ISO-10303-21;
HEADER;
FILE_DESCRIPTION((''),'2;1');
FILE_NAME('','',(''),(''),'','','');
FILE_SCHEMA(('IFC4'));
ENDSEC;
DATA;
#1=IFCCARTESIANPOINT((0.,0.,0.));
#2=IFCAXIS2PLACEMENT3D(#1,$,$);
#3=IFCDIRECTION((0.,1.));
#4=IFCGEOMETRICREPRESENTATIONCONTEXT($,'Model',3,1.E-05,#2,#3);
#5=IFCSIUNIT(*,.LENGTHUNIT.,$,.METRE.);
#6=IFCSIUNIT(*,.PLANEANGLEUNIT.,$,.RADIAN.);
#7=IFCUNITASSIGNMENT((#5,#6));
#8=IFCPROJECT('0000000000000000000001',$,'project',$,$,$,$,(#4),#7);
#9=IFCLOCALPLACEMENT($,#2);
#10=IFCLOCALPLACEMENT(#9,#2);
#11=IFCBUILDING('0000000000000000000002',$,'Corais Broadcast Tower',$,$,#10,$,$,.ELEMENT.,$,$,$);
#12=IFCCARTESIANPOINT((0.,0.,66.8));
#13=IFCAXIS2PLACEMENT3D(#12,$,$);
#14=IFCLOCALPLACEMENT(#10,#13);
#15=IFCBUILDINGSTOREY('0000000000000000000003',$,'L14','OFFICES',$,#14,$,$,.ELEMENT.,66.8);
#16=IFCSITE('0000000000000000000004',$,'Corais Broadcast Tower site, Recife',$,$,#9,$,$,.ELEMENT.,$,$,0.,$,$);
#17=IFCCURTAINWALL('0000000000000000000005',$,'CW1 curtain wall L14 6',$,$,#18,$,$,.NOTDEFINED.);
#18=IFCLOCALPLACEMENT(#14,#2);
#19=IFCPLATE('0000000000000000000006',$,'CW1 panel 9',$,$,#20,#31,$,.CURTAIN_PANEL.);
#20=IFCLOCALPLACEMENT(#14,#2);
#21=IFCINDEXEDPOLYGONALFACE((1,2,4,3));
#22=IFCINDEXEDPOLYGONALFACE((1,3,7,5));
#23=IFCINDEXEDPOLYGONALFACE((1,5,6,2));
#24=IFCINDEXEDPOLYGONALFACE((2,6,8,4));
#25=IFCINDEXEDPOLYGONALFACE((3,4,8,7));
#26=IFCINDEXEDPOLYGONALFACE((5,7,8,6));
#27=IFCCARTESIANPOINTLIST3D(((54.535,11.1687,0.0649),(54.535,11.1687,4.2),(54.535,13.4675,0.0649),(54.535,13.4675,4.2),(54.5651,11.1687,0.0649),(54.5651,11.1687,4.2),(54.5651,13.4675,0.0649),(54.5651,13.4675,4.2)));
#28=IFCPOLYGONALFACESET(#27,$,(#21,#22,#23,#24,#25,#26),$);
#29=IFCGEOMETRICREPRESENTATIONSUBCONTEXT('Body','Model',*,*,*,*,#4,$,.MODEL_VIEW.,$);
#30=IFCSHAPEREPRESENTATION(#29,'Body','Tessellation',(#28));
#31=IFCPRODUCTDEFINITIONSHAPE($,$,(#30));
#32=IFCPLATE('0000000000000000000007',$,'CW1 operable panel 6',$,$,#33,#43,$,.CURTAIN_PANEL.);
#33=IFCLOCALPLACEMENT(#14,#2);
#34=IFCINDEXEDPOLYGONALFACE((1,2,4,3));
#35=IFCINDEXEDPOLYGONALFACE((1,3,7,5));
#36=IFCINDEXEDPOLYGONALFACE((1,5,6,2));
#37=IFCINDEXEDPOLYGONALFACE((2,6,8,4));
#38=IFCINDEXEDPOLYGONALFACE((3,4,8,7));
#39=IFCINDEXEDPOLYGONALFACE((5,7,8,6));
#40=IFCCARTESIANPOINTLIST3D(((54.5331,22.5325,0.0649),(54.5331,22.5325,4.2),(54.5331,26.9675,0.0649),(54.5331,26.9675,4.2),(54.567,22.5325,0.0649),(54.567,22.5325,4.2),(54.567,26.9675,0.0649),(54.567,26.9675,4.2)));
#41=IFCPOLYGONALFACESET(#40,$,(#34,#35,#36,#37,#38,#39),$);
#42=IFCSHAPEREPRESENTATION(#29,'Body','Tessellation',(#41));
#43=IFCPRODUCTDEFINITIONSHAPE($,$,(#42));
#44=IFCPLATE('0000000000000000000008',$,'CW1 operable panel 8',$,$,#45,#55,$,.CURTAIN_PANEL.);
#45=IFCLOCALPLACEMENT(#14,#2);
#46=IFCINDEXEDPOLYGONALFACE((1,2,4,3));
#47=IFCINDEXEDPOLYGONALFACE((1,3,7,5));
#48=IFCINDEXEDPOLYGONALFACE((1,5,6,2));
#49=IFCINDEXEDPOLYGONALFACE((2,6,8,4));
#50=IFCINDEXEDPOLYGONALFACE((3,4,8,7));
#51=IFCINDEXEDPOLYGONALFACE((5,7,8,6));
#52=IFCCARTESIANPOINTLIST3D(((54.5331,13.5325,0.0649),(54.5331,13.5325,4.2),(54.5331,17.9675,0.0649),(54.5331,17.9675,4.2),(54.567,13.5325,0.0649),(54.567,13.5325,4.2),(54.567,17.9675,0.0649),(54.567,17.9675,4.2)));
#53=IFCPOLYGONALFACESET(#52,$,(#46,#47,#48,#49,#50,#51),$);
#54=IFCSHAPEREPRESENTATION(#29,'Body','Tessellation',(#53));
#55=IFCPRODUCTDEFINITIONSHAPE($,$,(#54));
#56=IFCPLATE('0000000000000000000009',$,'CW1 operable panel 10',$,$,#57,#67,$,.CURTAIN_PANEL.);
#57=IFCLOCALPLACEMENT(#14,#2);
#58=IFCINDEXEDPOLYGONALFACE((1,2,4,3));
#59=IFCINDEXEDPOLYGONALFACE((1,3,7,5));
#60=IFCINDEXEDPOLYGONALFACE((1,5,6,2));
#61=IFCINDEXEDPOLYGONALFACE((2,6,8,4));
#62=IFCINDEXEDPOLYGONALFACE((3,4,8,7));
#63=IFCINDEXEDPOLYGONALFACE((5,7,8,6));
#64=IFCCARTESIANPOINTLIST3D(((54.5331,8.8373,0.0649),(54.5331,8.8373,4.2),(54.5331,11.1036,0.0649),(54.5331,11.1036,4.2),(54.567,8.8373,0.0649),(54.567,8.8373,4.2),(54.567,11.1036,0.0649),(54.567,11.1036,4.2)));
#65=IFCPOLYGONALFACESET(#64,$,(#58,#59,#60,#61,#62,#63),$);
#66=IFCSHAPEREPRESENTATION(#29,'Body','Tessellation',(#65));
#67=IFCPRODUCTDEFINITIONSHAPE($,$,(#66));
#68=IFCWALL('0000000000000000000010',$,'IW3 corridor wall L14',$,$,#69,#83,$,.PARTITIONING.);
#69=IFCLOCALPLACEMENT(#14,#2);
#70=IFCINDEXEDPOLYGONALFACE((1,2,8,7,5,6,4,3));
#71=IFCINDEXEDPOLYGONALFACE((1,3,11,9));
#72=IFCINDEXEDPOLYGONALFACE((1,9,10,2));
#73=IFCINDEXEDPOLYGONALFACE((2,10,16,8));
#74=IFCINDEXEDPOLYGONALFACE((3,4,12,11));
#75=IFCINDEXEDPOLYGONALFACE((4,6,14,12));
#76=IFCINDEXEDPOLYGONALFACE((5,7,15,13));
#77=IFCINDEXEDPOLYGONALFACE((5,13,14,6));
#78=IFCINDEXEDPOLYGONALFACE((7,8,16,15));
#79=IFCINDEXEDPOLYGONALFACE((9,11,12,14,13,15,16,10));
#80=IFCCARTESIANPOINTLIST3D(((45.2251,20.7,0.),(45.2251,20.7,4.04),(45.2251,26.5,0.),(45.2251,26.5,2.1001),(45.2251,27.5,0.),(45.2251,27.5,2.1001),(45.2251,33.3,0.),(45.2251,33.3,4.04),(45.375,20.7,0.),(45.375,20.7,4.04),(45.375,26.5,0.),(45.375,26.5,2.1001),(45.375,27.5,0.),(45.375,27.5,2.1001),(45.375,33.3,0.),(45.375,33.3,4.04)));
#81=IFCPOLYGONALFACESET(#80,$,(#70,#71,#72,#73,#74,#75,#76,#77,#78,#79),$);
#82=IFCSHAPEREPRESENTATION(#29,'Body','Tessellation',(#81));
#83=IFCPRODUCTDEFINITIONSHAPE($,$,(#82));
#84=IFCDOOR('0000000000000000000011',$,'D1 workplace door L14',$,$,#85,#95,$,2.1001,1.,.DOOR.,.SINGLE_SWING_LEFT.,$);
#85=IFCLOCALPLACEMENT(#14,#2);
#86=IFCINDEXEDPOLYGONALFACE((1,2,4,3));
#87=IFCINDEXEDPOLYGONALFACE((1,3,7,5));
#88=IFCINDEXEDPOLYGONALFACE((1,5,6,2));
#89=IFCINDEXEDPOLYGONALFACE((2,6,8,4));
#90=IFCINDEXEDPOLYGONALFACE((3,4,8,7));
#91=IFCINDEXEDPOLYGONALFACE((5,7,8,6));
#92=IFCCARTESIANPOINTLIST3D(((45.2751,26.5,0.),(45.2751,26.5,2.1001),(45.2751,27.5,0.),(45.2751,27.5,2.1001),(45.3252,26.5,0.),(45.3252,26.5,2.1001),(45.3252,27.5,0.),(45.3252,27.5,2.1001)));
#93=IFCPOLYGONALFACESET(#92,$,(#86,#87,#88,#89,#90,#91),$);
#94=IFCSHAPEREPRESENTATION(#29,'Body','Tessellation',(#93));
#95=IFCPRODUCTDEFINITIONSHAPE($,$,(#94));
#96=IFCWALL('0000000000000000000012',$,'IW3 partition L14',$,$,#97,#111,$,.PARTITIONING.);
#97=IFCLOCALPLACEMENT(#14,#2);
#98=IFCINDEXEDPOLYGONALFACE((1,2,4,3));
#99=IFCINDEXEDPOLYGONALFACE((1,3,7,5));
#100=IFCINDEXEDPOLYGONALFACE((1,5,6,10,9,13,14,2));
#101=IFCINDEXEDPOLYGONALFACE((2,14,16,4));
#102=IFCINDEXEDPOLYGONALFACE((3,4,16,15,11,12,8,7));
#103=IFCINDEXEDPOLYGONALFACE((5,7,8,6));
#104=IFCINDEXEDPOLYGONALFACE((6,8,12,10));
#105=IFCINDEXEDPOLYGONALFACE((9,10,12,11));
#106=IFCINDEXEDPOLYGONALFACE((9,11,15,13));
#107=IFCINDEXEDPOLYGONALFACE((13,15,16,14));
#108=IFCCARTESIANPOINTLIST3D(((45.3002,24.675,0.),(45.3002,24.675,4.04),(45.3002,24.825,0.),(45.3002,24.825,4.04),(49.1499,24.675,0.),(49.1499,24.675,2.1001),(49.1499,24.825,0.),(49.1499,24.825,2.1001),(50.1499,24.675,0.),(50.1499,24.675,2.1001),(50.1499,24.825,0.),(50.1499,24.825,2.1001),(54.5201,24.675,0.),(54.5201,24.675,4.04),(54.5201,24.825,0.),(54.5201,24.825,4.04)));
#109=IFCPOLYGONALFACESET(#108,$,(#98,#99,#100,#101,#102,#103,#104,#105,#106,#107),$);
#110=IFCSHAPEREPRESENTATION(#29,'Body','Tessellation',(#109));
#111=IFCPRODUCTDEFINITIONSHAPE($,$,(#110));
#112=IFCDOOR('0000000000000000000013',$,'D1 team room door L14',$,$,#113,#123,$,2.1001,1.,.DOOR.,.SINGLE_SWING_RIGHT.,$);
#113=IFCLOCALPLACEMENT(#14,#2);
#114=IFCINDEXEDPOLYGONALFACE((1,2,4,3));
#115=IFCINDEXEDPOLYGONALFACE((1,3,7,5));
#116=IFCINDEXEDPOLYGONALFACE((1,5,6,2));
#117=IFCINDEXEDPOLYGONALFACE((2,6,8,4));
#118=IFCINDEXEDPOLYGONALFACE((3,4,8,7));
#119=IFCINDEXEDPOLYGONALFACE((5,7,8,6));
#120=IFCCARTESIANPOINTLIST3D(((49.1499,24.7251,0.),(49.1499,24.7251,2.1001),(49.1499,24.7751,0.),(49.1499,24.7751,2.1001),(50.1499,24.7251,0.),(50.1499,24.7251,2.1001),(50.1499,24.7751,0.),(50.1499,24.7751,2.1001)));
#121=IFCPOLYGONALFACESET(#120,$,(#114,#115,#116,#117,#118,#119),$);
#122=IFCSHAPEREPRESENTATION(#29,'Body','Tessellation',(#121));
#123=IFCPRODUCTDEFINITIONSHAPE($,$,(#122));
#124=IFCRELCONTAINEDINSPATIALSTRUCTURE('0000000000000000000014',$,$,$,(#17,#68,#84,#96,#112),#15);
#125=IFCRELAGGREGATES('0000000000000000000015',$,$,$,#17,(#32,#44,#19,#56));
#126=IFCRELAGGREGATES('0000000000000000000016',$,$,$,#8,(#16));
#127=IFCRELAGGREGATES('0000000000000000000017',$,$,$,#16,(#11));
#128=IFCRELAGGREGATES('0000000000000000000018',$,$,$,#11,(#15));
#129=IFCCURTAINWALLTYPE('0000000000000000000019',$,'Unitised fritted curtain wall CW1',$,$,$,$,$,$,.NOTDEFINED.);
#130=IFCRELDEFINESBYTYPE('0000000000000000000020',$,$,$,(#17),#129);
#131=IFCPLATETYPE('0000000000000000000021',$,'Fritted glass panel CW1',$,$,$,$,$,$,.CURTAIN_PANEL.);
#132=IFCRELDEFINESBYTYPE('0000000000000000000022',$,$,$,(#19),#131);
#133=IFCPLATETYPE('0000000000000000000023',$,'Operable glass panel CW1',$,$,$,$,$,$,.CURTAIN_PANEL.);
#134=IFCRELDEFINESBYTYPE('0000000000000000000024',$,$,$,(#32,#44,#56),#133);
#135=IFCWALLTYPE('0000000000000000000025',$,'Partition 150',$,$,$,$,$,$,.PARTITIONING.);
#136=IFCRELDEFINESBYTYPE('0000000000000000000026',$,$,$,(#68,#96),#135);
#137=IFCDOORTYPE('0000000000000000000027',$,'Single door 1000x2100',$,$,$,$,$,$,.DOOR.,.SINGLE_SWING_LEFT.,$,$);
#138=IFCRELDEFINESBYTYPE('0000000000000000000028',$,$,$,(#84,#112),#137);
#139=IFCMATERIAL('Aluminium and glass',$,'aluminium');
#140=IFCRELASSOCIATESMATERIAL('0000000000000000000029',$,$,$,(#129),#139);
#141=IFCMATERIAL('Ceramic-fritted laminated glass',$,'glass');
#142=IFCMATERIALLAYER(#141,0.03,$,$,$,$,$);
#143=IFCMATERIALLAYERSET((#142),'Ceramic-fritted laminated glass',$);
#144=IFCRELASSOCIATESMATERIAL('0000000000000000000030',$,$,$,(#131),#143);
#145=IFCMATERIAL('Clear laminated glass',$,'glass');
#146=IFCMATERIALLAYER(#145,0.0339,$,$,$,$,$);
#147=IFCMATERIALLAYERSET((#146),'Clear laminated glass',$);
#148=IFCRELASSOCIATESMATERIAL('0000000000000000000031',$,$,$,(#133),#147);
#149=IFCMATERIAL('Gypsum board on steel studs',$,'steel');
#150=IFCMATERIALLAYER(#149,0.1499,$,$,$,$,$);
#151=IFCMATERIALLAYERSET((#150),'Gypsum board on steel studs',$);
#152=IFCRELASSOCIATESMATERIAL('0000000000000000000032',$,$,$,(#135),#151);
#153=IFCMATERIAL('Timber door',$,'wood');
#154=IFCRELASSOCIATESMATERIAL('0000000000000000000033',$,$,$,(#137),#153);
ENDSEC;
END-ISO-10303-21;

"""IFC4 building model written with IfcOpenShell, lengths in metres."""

from ifc_helpers import new_model, si_unit, direction, frame, frame_2d, origin, origin_2d, place, context, subcontext, project, spatial, rectangle, extrude, material, layer, layer_set, type_object, element, fill, aggregate, save


model = new_model("IFC4")

# Units and contexts
model_context = context("Model", 3, precision=1e-05, world=origin(), true_north=direction((0.0, 1.0)))
body_context = subcontext(model_context, "Body", "Model", "MODEL_VIEW")
ifc_project = project(units=[si_unit("LENGTHUNIT", "METRE"), si_unit("PLANEANGLEUNIT", "RADIAN")], contexts=[model_context])

# Site, building, storey
site_placement = place(None, origin())
site = spatial("IfcSite", under=ifc_project, at=site_placement, Name="Corais Broadcast Tower site, Recife", CompositionType="ELEMENT", RefElevation=0.0)
building_placement = place(site_placement, origin())
building = spatial("IfcBuilding", under=site, at=building_placement, Name="Corais Broadcast Tower", CompositionType="ELEMENT")
storey_placement = place(building_placement, frame((0.0, 0.0, 66.8)))
storey = spatial("IfcBuildingStorey", under=building, at=storey_placement, Name="L14", Description="OFFICES", CompositionType="ELEMENT", Elevation=66.8)

# Curtain wall
ifc_material_1 = material(Name="Aluminium and glass", Category="aluminium")
curtain_wall_type = type_object("IfcCurtainWallType", Name="Unitised fritted curtain wall CW1", PredefinedType="NOTDEFINED", material=ifc_material_1)
curtain_wall_placement = place(storey_placement, origin())
curtain_wall = element("IfcCurtainWall", 1, at=curtain_wall_placement, inside=storey, type_object=curtain_wall_type, Name="CW1 curtain wall L14 6", PredefinedType="NOTDEFINED")

# Plates
ifc_material_2 = material(Name="Ceramic-fritted laminated glass", Category="glass")
ifc_layer_1 = layer(ifc_material_2, 0.03)
ifc_layer_set_1 = layer_set([ifc_layer_1], Name="Ceramic-fritted laminated glass")
plate_type_1 = type_object("IfcPlateType", Name="Fritted glass panel CW1", PredefinedType="CURTAIN_PANEL", material=ifc_layer_set_1)
plate_1_placement = place(storey_placement, frame((54.55, 12.3181, 0.0649), z_axis=(0.0, 0.0, 1.0), x_axis=(0.0, -1.0, 0.0)))
plate_1 = element("IfcPlate", 2, at=plate_1_placement, type_object=plate_type_1, Name="CW1 panel 9", PredefinedType="CURTAIN_PANEL", context=body_context, shape_type="SweptSolid", body=[
    extrude(rectangle(XDim=2.2988, YDim=0.03, at=origin_2d()), origin(), (0.0, 0.0, 1.0), 4.135),
])
ifc_material_3 = material(Name="Clear laminated glass", Category="glass")
ifc_layer_2 = layer(ifc_material_3, 0.0339)
ifc_layer_set_2 = layer_set([ifc_layer_2], Name="Clear laminated glass")
plate_type_2 = type_object("IfcPlateType", Name="Operable glass panel CW1", PredefinedType="CURTAIN_PANEL", material=ifc_layer_set_2)
plate_2_placement = place(storey_placement, frame((54.55, 24.75, 0.0649), z_axis=(0.0, 0.0, 1.0), x_axis=(0.0, -1.0, 0.0)))
plate_2 = element("IfcPlate", 3, at=plate_2_placement, type_object=plate_type_2, Name="CW1 operable panel 6", PredefinedType="CURTAIN_PANEL", context=body_context, shape_type="SweptSolid", body=[
    extrude(rectangle(XDim=4.4351, YDim=0.0339, at=origin_2d()), origin(), (0.0, 0.0, 1.0), 4.135),
])
plate_3_placement = place(storey_placement, frame((54.55, 15.75, 0.0649), z_axis=(0.0, 0.0, 1.0), x_axis=(0.0, -1.0, 0.0)))
plate_3 = element("IfcPlate", 4, at=plate_3_placement, type_object=plate_type_2, Name="CW1 operable panel 8", PredefinedType="CURTAIN_PANEL", context=body_context, shape_type="SweptSolid", body=[
    extrude(rectangle(XDim=4.4351, YDim=0.0339, at=origin_2d()), origin(), (0.0, 0.0, 1.0), 4.135),
])
plate_4_placement = place(storey_placement, frame((54.55, 9.9705, 0.0649), z_axis=(0.0, 0.0, 1.0), x_axis=(0.0, -1.0, 0.0)))
plate_4 = element("IfcPlate", 5, at=plate_4_placement, type_object=plate_type_2, Name="CW1 operable panel 10", PredefinedType="CURTAIN_PANEL", context=body_context, shape_type="SweptSolid", body=[
    extrude(rectangle(XDim=2.2664, YDim=0.0339, at=origin_2d()), origin(), (0.0, 0.0, 1.0), 4.135),
])
aggregate(curtain_wall, [plate_2, plate_3, plate_1, plate_4])

# Walls, openings, doors
ifc_material_4 = material(Name="Gypsum board on steel studs", Category="steel")
ifc_layer_3 = layer(ifc_material_4, 0.1499)
ifc_layer_set_3 = layer_set([ifc_layer_3], Name="Gypsum board on steel studs")
wall_type = type_object("IfcWallType", Name="Partition 150", PredefinedType="PARTITIONING", material=ifc_layer_set_3)
wall_1_placement = place(storey_placement, frame((45.3, 20.7, 0.0), z_axis=(0.0, 0.0, 1.0), x_axis=(0.0, 1.0, 0.0)))
wall_1 = element("IfcWall", 6, at=wall_1_placement, inside=storey, type_object=wall_type, Name="IW3 corridor wall L14", PredefinedType="PARTITIONING", context=body_context, shape_type="SweptSolid", body=[
    extrude(rectangle(XDim=12.6001, YDim=0.1499, at=frame_2d((6.3, 0.0))), origin(), (0.0, 0.0, 1.0), 4.04),
])
opening_1_placement = place(wall_1_placement, frame((5.8, 0.0, 0.0)))
opening_1 = element("IfcOpeningElement", 7, at=opening_1_placement, cuts=wall_1, PredefinedType="OPENING", context=body_context, shape_type="SweptSolid", body=[
    extrude(rectangle(XDim=1.0, YDim=2.1001, at=frame_2d((0.5, 1.05))), frame((0.0, 0.085, 0.0), z_axis=(0.0, -1.0, 0.0), x_axis=(1.0, 0.0, 0.0)), (0.0, 0.0, 1.0), 0.1699),
])
ifc_material_5 = material(Name="Timber door", Category="wood")
door_type = type_object("IfcDoorType", Name="Single door 1000x2100", OperationType="SINGLE_SWING_LEFT", PredefinedType="DOOR", material=ifc_material_5)
door_1_placement = place(opening_1_placement, origin())
door_1 = element("IfcDoor", 8, at=door_1_placement, inside=storey, type_object=door_type, Name="D1 workplace door L14", OperationType="SINGLE_SWING_LEFT", OverallHeight=2.1001, OverallWidth=1.0, PredefinedType="DOOR", context=body_context, shape_type="SweptSolid", body=[
    extrude(rectangle(XDim=1.0, YDim=2.1001, at=frame_2d((0.5, 1.05))), frame((0.0, 0.0249, 0.0), z_axis=(0.0, -1.0, 0.0), x_axis=(1.0, 0.0, 0.0)), (0.0, 0.0, 1.0), 0.05),
])
fill(opening_1, door_1)
wall_2_placement = place(storey_placement, frame((54.52, 24.75, 0.0), z_axis=(0.0, 0.0, 1.0), x_axis=(-1.0, 0.0, 0.0)))
wall_2 = element("IfcWall", 9, at=wall_2_placement, inside=storey, type_object=wall_type, Name="IW3 partition L14", PredefinedType="PARTITIONING", context=body_context, shape_type="SweptSolid", body=[
    extrude(rectangle(XDim=9.22, YDim=0.1499, at=frame_2d((4.6099, 0.0))), origin(), (0.0, 0.0, 1.0), 4.04),
])
opening_2_placement = place(wall_2_placement, frame((4.3701, 0.0, 0.0)))
opening_2 = element("IfcOpeningElement", 10, at=opening_2_placement, cuts=wall_2, PredefinedType="OPENING", context=body_context, shape_type="SweptSolid", body=[
    extrude(rectangle(XDim=1.0, YDim=2.1001, at=frame_2d((0.5, 1.05))), frame((0.0, 0.085, 0.0), z_axis=(0.0, -1.0, 0.0), x_axis=(1.0, 0.0, 0.0)), (0.0, 0.0, 1.0), 0.1699),
])
door_2_placement = place(opening_2_placement, origin())
door_2 = element("IfcDoor", 11, at=door_2_placement, inside=storey, type_object=door_type, Name="D1 team room door L14", OperationType="SINGLE_SWING_RIGHT", OverallHeight=2.1001, OverallWidth=1.0, PredefinedType="DOOR", context=body_context, shape_type="SweptSolid", body=[
    extrude(rectangle(XDim=1.0, YDim=2.1001, at=frame_2d((0.5, 1.05))), frame((0.0, 0.0249, 0.0), z_axis=(0.0, -1.0, 0.0), x_axis=(1.0, 0.0, 0.0)), (0.0, 0.0, 1.0), 0.05),
])
fill(opening_2, door_2)

save(model, "model.ifc")
